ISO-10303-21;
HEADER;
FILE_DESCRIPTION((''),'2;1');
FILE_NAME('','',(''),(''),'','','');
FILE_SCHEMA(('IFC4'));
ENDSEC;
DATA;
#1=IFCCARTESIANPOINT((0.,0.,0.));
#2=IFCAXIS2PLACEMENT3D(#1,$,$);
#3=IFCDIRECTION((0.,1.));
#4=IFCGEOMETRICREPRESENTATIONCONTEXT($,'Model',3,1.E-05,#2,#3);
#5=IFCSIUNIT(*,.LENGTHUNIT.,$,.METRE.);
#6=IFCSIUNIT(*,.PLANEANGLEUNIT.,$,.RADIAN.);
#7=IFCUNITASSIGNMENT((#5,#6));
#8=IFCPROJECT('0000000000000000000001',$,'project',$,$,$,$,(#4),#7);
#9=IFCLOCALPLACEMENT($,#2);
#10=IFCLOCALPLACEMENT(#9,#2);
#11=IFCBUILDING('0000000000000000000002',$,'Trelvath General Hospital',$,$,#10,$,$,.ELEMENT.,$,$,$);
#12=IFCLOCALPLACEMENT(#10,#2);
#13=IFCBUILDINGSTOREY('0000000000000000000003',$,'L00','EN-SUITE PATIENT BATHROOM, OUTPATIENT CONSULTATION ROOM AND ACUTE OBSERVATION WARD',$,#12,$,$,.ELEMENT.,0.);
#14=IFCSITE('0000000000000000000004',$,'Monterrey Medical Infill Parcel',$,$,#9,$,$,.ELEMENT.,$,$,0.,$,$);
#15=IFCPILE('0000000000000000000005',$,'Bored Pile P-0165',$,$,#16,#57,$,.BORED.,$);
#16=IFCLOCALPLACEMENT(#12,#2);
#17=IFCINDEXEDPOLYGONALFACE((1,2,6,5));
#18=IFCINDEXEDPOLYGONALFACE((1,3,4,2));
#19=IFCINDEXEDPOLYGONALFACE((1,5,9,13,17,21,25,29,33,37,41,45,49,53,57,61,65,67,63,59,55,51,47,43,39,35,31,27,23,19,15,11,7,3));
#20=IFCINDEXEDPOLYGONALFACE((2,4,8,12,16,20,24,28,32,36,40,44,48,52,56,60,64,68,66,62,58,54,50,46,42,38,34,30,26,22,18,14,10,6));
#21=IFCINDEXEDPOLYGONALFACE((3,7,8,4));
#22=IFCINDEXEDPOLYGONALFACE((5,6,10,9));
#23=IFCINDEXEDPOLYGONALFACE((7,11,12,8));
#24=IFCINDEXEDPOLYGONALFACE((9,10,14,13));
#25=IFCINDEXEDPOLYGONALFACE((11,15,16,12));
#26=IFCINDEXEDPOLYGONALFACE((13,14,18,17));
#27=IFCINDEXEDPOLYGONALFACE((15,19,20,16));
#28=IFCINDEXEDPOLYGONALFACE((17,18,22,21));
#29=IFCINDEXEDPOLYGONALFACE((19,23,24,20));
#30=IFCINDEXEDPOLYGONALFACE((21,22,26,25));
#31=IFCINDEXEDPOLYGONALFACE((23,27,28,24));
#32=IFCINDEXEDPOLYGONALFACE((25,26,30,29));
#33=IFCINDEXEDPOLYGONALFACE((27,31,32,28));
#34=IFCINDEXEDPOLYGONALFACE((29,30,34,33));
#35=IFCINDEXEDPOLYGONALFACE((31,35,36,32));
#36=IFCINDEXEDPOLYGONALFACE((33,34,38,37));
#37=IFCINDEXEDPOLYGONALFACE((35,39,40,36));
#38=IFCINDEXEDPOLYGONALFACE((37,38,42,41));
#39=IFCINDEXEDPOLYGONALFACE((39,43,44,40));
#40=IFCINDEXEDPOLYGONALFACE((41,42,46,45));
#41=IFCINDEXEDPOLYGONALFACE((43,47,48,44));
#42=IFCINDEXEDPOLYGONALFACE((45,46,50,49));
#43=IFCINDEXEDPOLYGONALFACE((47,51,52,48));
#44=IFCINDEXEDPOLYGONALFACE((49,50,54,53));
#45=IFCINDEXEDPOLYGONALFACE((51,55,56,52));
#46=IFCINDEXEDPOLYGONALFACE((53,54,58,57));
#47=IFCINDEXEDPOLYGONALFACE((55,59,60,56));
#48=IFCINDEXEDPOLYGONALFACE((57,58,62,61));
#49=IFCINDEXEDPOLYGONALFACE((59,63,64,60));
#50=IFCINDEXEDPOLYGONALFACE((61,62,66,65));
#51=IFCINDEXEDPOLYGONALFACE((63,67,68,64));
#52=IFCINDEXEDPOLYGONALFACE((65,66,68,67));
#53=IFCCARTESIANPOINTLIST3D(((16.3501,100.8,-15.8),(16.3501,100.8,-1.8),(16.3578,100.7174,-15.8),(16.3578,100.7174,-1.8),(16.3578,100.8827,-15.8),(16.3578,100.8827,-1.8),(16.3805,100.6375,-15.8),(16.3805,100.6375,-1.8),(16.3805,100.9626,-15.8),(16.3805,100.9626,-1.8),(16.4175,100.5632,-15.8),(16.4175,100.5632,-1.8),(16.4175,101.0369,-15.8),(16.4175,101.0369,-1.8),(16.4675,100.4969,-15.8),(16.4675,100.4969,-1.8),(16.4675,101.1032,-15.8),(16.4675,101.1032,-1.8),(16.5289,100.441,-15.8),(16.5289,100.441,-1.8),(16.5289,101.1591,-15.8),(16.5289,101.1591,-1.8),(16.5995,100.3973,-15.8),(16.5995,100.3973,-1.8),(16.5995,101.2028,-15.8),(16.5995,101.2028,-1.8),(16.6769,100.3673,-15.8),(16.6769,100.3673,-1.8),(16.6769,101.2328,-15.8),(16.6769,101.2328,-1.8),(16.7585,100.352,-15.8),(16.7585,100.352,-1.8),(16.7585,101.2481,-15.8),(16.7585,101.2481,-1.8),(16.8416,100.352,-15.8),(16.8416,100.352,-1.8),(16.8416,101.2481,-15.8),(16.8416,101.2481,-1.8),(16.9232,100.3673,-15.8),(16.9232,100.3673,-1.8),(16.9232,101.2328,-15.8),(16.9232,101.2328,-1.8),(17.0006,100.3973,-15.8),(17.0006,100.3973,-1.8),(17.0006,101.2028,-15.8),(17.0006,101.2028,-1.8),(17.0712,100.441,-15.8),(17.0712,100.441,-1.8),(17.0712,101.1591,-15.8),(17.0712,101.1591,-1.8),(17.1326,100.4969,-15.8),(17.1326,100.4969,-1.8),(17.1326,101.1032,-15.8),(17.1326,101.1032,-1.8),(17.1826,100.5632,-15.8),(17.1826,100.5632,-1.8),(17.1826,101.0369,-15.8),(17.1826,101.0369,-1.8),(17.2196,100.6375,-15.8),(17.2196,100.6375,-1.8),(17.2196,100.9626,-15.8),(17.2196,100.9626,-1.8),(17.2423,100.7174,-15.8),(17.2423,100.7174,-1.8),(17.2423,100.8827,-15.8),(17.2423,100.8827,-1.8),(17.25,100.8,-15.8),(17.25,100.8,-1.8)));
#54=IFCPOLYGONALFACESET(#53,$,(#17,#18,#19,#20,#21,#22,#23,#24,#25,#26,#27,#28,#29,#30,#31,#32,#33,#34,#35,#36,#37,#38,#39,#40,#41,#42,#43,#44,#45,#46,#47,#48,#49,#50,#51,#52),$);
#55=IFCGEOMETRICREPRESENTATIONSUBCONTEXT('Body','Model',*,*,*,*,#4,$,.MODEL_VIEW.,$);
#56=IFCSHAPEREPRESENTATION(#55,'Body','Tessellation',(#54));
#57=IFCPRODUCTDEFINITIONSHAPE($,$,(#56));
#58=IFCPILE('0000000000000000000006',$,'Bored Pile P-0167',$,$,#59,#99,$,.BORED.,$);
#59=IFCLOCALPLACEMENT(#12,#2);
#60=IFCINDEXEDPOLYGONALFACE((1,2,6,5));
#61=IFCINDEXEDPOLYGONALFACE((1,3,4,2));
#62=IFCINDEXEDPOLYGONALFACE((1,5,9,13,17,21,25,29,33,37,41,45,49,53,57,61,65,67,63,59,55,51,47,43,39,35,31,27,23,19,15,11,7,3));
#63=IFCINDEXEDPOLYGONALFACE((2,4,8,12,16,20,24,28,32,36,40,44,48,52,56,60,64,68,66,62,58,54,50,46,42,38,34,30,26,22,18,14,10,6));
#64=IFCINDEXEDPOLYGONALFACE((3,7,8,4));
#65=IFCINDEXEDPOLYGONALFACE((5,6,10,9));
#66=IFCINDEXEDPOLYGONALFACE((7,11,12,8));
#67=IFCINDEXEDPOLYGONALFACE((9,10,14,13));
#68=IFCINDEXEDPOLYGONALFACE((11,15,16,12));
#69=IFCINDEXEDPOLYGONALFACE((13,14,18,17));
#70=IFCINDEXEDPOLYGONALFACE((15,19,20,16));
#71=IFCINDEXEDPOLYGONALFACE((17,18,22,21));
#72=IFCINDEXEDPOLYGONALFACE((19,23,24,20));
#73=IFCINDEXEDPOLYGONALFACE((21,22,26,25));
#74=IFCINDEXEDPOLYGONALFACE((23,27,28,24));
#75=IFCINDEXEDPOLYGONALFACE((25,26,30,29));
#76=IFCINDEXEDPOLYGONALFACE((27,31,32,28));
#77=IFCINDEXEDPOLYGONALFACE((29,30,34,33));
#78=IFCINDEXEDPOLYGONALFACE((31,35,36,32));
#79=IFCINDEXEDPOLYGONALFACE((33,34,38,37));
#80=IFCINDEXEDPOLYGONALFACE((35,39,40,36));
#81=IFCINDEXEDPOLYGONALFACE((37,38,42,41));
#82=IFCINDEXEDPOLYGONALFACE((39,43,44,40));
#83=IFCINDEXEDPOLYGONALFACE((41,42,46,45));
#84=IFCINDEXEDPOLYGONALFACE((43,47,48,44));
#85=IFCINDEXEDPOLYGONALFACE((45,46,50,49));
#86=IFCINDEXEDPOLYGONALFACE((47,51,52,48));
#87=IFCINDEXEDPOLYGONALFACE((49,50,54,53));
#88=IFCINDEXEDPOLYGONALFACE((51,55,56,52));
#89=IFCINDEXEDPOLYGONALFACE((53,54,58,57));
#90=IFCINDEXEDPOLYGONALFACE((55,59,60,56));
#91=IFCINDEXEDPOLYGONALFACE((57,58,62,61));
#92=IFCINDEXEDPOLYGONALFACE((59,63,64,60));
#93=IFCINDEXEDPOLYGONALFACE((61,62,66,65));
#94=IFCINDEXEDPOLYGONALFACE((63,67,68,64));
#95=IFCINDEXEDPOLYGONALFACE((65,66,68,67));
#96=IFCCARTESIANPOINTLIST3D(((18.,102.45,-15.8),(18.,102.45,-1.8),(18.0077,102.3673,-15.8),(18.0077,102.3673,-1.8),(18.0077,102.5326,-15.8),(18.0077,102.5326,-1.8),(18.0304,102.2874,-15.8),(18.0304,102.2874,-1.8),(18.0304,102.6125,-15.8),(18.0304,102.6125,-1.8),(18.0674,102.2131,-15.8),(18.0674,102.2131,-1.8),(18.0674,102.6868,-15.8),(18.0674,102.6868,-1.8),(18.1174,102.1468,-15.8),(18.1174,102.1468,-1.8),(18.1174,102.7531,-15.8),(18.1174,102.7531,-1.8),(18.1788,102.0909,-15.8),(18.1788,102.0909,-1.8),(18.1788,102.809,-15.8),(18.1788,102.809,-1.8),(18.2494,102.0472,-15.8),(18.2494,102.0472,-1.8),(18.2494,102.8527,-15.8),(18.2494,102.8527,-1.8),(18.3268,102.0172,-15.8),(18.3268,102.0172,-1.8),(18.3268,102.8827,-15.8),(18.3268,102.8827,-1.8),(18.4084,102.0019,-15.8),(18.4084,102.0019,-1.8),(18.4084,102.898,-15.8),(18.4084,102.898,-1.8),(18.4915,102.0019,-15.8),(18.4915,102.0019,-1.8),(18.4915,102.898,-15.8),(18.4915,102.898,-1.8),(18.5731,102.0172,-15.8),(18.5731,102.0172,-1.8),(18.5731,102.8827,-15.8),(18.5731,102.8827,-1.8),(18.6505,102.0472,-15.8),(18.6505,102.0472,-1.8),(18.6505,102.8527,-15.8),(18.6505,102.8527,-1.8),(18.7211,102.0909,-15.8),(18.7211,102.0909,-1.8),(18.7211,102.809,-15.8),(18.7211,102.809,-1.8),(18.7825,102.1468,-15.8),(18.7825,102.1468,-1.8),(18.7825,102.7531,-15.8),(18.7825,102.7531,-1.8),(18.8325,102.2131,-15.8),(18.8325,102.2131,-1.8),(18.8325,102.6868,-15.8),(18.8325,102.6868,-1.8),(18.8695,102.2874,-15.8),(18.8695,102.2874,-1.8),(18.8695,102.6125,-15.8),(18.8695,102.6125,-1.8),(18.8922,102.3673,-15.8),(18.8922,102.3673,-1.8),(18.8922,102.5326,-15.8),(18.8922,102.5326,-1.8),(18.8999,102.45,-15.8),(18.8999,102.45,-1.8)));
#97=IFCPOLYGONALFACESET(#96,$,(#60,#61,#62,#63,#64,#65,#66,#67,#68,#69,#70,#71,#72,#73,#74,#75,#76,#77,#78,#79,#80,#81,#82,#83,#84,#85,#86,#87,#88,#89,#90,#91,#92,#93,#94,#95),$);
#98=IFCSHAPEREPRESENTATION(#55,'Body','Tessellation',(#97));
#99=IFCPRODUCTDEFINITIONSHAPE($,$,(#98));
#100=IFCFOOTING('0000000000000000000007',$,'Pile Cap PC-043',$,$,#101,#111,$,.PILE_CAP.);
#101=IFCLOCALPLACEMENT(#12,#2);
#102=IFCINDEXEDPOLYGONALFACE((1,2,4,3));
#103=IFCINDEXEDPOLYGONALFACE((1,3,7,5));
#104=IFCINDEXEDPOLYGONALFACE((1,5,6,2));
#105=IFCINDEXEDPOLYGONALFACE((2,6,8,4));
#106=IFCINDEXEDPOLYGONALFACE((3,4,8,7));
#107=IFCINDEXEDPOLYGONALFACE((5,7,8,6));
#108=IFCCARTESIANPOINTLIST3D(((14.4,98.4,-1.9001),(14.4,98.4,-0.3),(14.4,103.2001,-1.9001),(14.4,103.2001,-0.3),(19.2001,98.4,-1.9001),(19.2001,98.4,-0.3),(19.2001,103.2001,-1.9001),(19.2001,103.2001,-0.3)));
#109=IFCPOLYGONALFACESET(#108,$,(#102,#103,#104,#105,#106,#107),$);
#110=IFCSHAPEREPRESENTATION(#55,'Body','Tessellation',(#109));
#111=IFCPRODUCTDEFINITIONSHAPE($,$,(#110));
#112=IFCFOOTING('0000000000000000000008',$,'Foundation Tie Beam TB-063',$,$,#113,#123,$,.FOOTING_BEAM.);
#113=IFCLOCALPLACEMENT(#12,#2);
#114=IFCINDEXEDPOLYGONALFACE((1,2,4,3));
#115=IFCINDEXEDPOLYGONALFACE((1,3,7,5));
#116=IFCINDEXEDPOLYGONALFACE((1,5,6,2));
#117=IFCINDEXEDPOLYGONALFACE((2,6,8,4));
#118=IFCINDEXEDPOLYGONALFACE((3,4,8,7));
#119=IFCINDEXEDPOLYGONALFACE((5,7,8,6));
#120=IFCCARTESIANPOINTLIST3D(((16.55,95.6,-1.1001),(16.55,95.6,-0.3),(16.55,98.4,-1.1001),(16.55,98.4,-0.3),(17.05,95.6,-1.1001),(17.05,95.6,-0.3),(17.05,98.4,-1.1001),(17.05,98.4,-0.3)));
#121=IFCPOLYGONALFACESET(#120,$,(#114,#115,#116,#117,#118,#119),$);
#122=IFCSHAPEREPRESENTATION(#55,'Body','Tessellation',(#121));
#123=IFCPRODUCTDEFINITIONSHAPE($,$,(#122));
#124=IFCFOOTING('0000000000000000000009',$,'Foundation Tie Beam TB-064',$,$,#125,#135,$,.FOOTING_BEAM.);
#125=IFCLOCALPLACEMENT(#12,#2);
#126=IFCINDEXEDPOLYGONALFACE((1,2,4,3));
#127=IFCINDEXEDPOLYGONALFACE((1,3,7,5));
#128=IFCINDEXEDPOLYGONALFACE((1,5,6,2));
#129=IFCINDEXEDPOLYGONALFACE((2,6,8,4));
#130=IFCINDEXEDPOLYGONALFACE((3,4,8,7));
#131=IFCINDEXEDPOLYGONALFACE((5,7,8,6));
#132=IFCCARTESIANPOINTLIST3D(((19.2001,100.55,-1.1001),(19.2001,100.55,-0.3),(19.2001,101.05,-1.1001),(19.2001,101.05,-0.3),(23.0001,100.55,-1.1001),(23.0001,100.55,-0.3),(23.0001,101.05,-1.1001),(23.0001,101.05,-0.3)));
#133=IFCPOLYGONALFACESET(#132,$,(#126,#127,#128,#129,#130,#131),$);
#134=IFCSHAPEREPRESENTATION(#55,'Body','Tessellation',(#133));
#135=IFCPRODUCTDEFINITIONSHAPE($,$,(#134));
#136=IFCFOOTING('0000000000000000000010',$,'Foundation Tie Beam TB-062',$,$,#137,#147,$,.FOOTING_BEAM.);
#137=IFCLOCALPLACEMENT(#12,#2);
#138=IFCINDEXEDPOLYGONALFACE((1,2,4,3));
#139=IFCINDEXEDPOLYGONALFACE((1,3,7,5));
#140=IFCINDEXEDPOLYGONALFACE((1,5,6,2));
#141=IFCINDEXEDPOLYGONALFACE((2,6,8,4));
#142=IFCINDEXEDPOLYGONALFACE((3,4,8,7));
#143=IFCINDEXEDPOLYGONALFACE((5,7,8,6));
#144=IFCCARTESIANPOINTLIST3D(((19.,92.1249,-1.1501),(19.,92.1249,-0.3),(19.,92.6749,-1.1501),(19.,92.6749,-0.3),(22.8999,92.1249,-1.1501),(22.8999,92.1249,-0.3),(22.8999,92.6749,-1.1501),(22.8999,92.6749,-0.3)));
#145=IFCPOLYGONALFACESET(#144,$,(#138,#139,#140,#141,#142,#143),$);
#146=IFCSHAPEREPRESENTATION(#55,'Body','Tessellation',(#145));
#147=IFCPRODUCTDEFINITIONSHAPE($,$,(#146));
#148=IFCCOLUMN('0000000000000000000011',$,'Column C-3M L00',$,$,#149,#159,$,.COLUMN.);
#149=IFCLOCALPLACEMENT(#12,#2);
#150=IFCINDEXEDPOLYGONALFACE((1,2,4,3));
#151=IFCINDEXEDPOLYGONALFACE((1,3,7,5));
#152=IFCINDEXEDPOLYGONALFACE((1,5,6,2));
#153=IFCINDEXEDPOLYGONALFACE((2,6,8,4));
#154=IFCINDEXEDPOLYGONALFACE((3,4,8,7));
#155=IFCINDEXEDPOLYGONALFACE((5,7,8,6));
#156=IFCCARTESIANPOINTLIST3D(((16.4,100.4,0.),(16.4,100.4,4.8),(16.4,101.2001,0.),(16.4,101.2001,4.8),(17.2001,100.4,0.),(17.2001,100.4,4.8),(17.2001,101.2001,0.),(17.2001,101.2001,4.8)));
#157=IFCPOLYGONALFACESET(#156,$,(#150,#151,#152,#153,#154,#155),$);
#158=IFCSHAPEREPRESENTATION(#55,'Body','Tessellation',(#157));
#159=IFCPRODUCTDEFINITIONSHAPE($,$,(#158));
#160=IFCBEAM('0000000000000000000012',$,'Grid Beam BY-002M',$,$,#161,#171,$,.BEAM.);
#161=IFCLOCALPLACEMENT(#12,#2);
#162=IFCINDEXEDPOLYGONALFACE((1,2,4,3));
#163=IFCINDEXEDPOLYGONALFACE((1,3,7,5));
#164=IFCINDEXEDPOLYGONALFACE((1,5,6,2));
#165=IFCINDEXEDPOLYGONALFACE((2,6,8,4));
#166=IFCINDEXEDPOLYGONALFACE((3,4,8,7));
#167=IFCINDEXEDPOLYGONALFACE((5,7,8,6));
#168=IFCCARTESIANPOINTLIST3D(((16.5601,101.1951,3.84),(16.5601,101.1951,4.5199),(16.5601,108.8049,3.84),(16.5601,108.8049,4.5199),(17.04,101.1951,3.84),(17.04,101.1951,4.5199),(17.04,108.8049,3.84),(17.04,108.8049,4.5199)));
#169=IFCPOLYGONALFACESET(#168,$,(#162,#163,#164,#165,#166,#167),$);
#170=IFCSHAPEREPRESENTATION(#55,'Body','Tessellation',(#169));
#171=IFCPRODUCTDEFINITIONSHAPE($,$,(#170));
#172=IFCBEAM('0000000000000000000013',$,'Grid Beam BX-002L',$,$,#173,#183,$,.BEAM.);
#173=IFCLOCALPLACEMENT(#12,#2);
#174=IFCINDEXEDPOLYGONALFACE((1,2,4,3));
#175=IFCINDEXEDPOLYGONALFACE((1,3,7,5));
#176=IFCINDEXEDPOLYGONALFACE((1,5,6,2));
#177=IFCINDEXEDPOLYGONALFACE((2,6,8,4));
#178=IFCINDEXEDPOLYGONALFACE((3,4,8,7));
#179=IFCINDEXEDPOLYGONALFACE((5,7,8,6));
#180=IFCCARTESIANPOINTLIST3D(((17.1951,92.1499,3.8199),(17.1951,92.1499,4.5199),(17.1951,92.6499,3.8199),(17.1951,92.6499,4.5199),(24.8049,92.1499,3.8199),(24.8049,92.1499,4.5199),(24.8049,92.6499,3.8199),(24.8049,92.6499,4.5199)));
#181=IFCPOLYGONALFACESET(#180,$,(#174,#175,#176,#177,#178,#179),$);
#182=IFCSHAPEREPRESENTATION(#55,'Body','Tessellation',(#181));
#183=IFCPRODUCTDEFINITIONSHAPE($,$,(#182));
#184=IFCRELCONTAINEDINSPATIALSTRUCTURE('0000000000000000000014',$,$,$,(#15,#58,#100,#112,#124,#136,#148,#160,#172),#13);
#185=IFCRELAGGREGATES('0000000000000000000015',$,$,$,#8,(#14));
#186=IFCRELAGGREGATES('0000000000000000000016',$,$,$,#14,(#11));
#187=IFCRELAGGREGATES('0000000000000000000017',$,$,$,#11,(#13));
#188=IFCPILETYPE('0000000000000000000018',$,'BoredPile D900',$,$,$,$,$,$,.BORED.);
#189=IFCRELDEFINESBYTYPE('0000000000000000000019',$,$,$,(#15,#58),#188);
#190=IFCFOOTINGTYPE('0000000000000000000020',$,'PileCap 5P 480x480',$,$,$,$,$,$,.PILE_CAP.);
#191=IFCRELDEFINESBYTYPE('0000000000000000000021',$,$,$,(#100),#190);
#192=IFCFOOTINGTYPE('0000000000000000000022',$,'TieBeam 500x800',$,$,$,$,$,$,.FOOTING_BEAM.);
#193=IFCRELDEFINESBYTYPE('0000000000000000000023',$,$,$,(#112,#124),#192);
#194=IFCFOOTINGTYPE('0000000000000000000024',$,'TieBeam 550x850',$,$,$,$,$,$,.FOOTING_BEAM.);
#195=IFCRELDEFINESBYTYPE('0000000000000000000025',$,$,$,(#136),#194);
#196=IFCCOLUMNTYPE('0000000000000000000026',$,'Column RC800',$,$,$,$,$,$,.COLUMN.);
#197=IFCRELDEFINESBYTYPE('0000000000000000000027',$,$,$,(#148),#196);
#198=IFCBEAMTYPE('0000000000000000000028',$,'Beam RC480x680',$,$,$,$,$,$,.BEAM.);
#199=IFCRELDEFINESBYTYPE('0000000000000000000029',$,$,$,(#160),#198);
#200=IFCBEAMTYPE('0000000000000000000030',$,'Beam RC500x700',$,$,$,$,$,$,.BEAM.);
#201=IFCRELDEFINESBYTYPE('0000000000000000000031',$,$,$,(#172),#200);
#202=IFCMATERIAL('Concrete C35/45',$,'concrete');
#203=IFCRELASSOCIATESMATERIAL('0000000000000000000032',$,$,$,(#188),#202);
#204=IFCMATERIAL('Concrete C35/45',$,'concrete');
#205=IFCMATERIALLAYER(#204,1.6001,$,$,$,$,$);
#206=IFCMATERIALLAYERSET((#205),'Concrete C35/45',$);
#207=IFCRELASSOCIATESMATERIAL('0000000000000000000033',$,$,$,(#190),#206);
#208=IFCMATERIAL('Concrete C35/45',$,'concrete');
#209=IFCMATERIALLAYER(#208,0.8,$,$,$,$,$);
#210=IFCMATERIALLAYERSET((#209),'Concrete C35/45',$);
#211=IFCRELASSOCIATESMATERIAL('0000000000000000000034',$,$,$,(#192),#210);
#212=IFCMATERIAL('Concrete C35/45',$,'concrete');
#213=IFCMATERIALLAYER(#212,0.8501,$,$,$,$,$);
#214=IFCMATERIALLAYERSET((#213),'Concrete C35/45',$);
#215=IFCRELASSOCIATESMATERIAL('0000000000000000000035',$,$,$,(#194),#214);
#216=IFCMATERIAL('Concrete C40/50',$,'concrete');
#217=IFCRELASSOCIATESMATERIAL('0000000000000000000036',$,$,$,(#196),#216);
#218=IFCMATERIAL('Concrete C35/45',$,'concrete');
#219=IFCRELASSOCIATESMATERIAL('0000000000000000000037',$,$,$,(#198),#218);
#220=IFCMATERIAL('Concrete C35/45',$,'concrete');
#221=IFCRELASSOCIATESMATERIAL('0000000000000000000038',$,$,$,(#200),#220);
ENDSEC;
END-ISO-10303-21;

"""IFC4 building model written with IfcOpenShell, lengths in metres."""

from ifc_helpers import new_model, si_unit, direction, frame, origin, origin_2d, place, context, subcontext, project, spatial, rectangle, circle, extrude, material, layer, layer_set, material_profile, profile_set, type_object, element, save


model = new_model("IFC4")

# Units and contexts
model_context = context("Model", 3, precision=1e-05, world=origin(), true_north=direction((0.0, 1.0)))
body_context = subcontext(model_context, "Body", "Model", "MODEL_VIEW")
ifc_project = project(units=[si_unit("LENGTHUNIT", "METRE"), si_unit("PLANEANGLEUNIT", "RADIAN")], contexts=[model_context])

# Site, building, storey
site_placement = place(None, origin())
site = spatial("IfcSite", under=ifc_project, at=site_placement, Name="Monterrey Medical Infill Parcel", CompositionType="ELEMENT", RefElevation=0.0)
building_placement = place(site_placement, origin())
building = spatial("IfcBuilding", under=site, at=building_placement, Name="Trelvath General Hospital", CompositionType="ELEMENT")
storey_placement = place(building_placement, origin())
storey = spatial("IfcBuildingStorey", under=building, at=storey_placement, Name="L00", Description="EN-SUITE PATIENT BATHROOM, OUTPATIENT CONSULTATION ROOM AND ACUTE OBSERVATION WARD", CompositionType="ELEMENT", Elevation=0.0)

# Piles
ifc_material_1 = material(Name="Concrete C35/45", Category="concrete")
ifc_material_profile_1 = material_profile(ifc_material_1, circle(Radius=0.45, at=origin_2d()), Name="PILE900")
ifc_profile_set_1 = profile_set([ifc_material_profile_1], Name="Concrete C35/45")
pile_type_1 = type_object("IfcPileType", Name="BoredPile D900", PredefinedType="BORED", material=ifc_profile_set_1)
for number, where, z_axis, x_axis, name in (
    (1, (16.8, 100.8, -1.8), (0.0, 0.0, -1.0), (1.0, 0.0, 0.0), "Bored Pile P-0165"),
    (2, (18.45, 102.45, -1.8), (0.0, 0.0, -1.0), (1.0, 0.0, 0.0), "Bored Pile P-0167"),
):
    element("IfcPile", number, at=place(storey_placement, frame(where, z_axis=z_axis, x_axis=x_axis)), inside=storey, type_object=pile_type_1, Name=name, PredefinedType="BORED", context=body_context, shape_type="SweptSolid", body=[
        extrude(circle(Radius=0.45, at=origin_2d()), origin(), (0.0, 0.0, 1.0), 14.0),
    ])

# Footings
ifc_material_2 = material(Name="Concrete C35/45", Category="concrete")
ifc_layer_1 = layer(ifc_material_2, 1.6001)
ifc_layer_set_1 = layer_set([ifc_layer_1], Name="Concrete C35/45")
footing_type_1 = type_object("IfcFootingType", Name="PileCap 5P 480x480", PredefinedType="PILE_CAP", material=ifc_layer_set_1)
footing_1_placement = place(storey_placement, frame((16.8, 100.8, -1.9001), z_axis=(0.0, 0.0, 1.0), x_axis=(1.0, 0.0, 0.0)))
element("IfcFooting", 3, at=footing_1_placement, inside=storey, type_object=footing_type_1, Name="Pile Cap PC-043", PredefinedType="PILE_CAP", context=body_context, shape_type="SweptSolid", body=[
    extrude(rectangle(XDim=4.8, YDim=4.8, at=origin_2d()), origin(), (0.0, 0.0, 1.0), 1.6001),
])
ifc_material_3 = material(Name="Concrete C35/45", Category="concrete")
ifc_layer_2 = layer(ifc_material_3, 0.8)
ifc_layer_set_2 = layer_set([ifc_layer_2], Name="Concrete C35/45")
footing_type_2 = type_object("IfcFootingType", Name="TieBeam 500x800", PredefinedType="FOOTING_BEAM", material=ifc_layer_set_2)
footing_2_placement = place(storey_placement, frame((16.8, 97.0, -1.1001), z_axis=(0.0, 0.0, 1.0), x_axis=(1.0, 0.0, 0.0)))
element("IfcFooting", 4, at=footing_2_placement, inside=storey, type_object=footing_type_2, Name="Foundation Tie Beam TB-063", PredefinedType="FOOTING_BEAM", context=body_context, shape_type="SweptSolid", body=[
    extrude(rectangle(XDim=0.5, YDim=2.8, at=origin_2d()), origin(), (0.0, 0.0, 1.0), 0.8),
])
footing_3_placement = place(storey_placement, frame((21.1001, 100.8, -1.1001), z_axis=(0.0, 0.0, 1.0), x_axis=(1.0, 0.0, 0.0)))
element("IfcFooting", 5, at=footing_3_placement, inside=storey, type_object=footing_type_2, Name="Foundation Tie Beam TB-064", PredefinedType="FOOTING_BEAM", context=body_context, shape_type="SweptSolid", body=[
    extrude(rectangle(XDim=3.8, YDim=0.5, at=origin_2d()), origin(), (0.0, 0.0, 1.0), 0.8),
])
ifc_material_4 = material(Name="Concrete C35/45", Category="concrete")
ifc_layer_3 = layer(ifc_material_4, 0.8501)
ifc_layer_set_3 = layer_set([ifc_layer_3], Name="Concrete C35/45")
footing_type_3 = type_object("IfcFootingType", Name="TieBeam 550x850", PredefinedType="FOOTING_BEAM", material=ifc_layer_set_3)
footing_4_placement = place(storey_placement, frame((20.95, 92.3999, -1.1501), z_axis=(0.0, 0.0, 1.0), x_axis=(1.0, 0.0, 0.0)))
element("IfcFooting", 6, at=footing_4_placement, inside=storey, type_object=footing_type_3, Name="Foundation Tie Beam TB-062", PredefinedType="FOOTING_BEAM", context=body_context, shape_type="SweptSolid", body=[
    extrude(rectangle(XDim=3.8999, YDim=0.55, at=origin_2d()), origin(), (0.0, 0.0, 1.0), 0.8501),
])

# Column
ifc_material_5 = material(Name="Concrete C40/50", Category="concrete")
ifc_material_profile_2 = material_profile(ifc_material_5, rectangle(XDim=0.8, YDim=0.8, at=origin_2d()), Name="RC800x800")
ifc_profile_set_2 = profile_set([ifc_material_profile_2], Name="Concrete C40/50")
column_type = type_object("IfcColumnType", Name="Column RC800", PredefinedType="COLUMN", material=ifc_profile_set_2)
column_placement = place(storey_placement, frame((16.8, 100.8, 0.0), z_axis=(0.0, 0.0, 1.0), x_axis=(1.0, 0.0, 0.0)))
element("IfcColumn", 7, at=column_placement, inside=storey, type_object=column_type, Name="Column C-3M L00", PredefinedType="COLUMN", context=body_context, shape_type="SweptSolid", body=[
    extrude(rectangle(XDim=0.8, YDim=0.8, at=origin_2d()), origin(), (0.0, 0.0, 1.0), 4.8),
])

# Beams
ifc_material_6 = material(Name="Concrete C35/45", Category="concrete")
ifc_material_profile_3 = material_profile(ifc_material_6, rectangle(XDim=0.48, YDim=0.6799, at=origin_2d()), Name="RCB480x680")
ifc_profile_set_3 = profile_set([ifc_material_profile_3], Name="Concrete C35/45")
beam_type_1 = type_object("IfcBeamType", Name="Beam RC480x680", PredefinedType="BEAM", material=ifc_profile_set_3)
beam_1_placement = place(storey_placement, frame((16.8, 101.1951, 4.1799), z_axis=(0.0, 1.0, 0.0), x_axis=(-1.0, 0.0, 0.0)))
element("IfcBeam", 8, at=beam_1_placement, inside=storey, type_object=beam_type_1, Name="Grid Beam BY-002M", PredefinedType="BEAM", context=body_context, shape_type="SweptSolid", body=[
    extrude(rectangle(XDim=0.48, YDim=0.6799, at=origin_2d()), origin(), (0.0, 0.0, 1.0), 7.6099),
])
ifc_material_7 = material(Name="Concrete C35/45", Category="concrete")
ifc_material_profile_4 = material_profile(ifc_material_7, rectangle(XDim=0.5, YDim=0.7, at=origin_2d()), Name="RCB500x700")
ifc_profile_set_4 = profile_set([ifc_material_profile_4], Name="Concrete C35/45")
beam_type_2 = type_object("IfcBeamType", Name="Beam RC500x700", PredefinedType="BEAM", material=ifc_profile_set_4)
for number, where, z_axis, x_axis, name in (
    (9, (17.1951, 92.3999, 4.1699), (1.0, 0.0, 0.0), (0.0, 1.0, 0.0), "Grid Beam BX-002L"),
):
    element("IfcBeam", number, at=place(storey_placement, frame(where, z_axis=z_axis, x_axis=x_axis)), inside=storey, type_object=beam_type_2, Name=name, PredefinedType="BEAM", context=body_context, shape_type="SweptSolid", body=[
        extrude(rectangle(XDim=0.5, YDim=0.7, at=origin_2d()), origin(), (0.0, 0.0, 1.0), 7.6099),
    ])

save(model, "model.ifc")
